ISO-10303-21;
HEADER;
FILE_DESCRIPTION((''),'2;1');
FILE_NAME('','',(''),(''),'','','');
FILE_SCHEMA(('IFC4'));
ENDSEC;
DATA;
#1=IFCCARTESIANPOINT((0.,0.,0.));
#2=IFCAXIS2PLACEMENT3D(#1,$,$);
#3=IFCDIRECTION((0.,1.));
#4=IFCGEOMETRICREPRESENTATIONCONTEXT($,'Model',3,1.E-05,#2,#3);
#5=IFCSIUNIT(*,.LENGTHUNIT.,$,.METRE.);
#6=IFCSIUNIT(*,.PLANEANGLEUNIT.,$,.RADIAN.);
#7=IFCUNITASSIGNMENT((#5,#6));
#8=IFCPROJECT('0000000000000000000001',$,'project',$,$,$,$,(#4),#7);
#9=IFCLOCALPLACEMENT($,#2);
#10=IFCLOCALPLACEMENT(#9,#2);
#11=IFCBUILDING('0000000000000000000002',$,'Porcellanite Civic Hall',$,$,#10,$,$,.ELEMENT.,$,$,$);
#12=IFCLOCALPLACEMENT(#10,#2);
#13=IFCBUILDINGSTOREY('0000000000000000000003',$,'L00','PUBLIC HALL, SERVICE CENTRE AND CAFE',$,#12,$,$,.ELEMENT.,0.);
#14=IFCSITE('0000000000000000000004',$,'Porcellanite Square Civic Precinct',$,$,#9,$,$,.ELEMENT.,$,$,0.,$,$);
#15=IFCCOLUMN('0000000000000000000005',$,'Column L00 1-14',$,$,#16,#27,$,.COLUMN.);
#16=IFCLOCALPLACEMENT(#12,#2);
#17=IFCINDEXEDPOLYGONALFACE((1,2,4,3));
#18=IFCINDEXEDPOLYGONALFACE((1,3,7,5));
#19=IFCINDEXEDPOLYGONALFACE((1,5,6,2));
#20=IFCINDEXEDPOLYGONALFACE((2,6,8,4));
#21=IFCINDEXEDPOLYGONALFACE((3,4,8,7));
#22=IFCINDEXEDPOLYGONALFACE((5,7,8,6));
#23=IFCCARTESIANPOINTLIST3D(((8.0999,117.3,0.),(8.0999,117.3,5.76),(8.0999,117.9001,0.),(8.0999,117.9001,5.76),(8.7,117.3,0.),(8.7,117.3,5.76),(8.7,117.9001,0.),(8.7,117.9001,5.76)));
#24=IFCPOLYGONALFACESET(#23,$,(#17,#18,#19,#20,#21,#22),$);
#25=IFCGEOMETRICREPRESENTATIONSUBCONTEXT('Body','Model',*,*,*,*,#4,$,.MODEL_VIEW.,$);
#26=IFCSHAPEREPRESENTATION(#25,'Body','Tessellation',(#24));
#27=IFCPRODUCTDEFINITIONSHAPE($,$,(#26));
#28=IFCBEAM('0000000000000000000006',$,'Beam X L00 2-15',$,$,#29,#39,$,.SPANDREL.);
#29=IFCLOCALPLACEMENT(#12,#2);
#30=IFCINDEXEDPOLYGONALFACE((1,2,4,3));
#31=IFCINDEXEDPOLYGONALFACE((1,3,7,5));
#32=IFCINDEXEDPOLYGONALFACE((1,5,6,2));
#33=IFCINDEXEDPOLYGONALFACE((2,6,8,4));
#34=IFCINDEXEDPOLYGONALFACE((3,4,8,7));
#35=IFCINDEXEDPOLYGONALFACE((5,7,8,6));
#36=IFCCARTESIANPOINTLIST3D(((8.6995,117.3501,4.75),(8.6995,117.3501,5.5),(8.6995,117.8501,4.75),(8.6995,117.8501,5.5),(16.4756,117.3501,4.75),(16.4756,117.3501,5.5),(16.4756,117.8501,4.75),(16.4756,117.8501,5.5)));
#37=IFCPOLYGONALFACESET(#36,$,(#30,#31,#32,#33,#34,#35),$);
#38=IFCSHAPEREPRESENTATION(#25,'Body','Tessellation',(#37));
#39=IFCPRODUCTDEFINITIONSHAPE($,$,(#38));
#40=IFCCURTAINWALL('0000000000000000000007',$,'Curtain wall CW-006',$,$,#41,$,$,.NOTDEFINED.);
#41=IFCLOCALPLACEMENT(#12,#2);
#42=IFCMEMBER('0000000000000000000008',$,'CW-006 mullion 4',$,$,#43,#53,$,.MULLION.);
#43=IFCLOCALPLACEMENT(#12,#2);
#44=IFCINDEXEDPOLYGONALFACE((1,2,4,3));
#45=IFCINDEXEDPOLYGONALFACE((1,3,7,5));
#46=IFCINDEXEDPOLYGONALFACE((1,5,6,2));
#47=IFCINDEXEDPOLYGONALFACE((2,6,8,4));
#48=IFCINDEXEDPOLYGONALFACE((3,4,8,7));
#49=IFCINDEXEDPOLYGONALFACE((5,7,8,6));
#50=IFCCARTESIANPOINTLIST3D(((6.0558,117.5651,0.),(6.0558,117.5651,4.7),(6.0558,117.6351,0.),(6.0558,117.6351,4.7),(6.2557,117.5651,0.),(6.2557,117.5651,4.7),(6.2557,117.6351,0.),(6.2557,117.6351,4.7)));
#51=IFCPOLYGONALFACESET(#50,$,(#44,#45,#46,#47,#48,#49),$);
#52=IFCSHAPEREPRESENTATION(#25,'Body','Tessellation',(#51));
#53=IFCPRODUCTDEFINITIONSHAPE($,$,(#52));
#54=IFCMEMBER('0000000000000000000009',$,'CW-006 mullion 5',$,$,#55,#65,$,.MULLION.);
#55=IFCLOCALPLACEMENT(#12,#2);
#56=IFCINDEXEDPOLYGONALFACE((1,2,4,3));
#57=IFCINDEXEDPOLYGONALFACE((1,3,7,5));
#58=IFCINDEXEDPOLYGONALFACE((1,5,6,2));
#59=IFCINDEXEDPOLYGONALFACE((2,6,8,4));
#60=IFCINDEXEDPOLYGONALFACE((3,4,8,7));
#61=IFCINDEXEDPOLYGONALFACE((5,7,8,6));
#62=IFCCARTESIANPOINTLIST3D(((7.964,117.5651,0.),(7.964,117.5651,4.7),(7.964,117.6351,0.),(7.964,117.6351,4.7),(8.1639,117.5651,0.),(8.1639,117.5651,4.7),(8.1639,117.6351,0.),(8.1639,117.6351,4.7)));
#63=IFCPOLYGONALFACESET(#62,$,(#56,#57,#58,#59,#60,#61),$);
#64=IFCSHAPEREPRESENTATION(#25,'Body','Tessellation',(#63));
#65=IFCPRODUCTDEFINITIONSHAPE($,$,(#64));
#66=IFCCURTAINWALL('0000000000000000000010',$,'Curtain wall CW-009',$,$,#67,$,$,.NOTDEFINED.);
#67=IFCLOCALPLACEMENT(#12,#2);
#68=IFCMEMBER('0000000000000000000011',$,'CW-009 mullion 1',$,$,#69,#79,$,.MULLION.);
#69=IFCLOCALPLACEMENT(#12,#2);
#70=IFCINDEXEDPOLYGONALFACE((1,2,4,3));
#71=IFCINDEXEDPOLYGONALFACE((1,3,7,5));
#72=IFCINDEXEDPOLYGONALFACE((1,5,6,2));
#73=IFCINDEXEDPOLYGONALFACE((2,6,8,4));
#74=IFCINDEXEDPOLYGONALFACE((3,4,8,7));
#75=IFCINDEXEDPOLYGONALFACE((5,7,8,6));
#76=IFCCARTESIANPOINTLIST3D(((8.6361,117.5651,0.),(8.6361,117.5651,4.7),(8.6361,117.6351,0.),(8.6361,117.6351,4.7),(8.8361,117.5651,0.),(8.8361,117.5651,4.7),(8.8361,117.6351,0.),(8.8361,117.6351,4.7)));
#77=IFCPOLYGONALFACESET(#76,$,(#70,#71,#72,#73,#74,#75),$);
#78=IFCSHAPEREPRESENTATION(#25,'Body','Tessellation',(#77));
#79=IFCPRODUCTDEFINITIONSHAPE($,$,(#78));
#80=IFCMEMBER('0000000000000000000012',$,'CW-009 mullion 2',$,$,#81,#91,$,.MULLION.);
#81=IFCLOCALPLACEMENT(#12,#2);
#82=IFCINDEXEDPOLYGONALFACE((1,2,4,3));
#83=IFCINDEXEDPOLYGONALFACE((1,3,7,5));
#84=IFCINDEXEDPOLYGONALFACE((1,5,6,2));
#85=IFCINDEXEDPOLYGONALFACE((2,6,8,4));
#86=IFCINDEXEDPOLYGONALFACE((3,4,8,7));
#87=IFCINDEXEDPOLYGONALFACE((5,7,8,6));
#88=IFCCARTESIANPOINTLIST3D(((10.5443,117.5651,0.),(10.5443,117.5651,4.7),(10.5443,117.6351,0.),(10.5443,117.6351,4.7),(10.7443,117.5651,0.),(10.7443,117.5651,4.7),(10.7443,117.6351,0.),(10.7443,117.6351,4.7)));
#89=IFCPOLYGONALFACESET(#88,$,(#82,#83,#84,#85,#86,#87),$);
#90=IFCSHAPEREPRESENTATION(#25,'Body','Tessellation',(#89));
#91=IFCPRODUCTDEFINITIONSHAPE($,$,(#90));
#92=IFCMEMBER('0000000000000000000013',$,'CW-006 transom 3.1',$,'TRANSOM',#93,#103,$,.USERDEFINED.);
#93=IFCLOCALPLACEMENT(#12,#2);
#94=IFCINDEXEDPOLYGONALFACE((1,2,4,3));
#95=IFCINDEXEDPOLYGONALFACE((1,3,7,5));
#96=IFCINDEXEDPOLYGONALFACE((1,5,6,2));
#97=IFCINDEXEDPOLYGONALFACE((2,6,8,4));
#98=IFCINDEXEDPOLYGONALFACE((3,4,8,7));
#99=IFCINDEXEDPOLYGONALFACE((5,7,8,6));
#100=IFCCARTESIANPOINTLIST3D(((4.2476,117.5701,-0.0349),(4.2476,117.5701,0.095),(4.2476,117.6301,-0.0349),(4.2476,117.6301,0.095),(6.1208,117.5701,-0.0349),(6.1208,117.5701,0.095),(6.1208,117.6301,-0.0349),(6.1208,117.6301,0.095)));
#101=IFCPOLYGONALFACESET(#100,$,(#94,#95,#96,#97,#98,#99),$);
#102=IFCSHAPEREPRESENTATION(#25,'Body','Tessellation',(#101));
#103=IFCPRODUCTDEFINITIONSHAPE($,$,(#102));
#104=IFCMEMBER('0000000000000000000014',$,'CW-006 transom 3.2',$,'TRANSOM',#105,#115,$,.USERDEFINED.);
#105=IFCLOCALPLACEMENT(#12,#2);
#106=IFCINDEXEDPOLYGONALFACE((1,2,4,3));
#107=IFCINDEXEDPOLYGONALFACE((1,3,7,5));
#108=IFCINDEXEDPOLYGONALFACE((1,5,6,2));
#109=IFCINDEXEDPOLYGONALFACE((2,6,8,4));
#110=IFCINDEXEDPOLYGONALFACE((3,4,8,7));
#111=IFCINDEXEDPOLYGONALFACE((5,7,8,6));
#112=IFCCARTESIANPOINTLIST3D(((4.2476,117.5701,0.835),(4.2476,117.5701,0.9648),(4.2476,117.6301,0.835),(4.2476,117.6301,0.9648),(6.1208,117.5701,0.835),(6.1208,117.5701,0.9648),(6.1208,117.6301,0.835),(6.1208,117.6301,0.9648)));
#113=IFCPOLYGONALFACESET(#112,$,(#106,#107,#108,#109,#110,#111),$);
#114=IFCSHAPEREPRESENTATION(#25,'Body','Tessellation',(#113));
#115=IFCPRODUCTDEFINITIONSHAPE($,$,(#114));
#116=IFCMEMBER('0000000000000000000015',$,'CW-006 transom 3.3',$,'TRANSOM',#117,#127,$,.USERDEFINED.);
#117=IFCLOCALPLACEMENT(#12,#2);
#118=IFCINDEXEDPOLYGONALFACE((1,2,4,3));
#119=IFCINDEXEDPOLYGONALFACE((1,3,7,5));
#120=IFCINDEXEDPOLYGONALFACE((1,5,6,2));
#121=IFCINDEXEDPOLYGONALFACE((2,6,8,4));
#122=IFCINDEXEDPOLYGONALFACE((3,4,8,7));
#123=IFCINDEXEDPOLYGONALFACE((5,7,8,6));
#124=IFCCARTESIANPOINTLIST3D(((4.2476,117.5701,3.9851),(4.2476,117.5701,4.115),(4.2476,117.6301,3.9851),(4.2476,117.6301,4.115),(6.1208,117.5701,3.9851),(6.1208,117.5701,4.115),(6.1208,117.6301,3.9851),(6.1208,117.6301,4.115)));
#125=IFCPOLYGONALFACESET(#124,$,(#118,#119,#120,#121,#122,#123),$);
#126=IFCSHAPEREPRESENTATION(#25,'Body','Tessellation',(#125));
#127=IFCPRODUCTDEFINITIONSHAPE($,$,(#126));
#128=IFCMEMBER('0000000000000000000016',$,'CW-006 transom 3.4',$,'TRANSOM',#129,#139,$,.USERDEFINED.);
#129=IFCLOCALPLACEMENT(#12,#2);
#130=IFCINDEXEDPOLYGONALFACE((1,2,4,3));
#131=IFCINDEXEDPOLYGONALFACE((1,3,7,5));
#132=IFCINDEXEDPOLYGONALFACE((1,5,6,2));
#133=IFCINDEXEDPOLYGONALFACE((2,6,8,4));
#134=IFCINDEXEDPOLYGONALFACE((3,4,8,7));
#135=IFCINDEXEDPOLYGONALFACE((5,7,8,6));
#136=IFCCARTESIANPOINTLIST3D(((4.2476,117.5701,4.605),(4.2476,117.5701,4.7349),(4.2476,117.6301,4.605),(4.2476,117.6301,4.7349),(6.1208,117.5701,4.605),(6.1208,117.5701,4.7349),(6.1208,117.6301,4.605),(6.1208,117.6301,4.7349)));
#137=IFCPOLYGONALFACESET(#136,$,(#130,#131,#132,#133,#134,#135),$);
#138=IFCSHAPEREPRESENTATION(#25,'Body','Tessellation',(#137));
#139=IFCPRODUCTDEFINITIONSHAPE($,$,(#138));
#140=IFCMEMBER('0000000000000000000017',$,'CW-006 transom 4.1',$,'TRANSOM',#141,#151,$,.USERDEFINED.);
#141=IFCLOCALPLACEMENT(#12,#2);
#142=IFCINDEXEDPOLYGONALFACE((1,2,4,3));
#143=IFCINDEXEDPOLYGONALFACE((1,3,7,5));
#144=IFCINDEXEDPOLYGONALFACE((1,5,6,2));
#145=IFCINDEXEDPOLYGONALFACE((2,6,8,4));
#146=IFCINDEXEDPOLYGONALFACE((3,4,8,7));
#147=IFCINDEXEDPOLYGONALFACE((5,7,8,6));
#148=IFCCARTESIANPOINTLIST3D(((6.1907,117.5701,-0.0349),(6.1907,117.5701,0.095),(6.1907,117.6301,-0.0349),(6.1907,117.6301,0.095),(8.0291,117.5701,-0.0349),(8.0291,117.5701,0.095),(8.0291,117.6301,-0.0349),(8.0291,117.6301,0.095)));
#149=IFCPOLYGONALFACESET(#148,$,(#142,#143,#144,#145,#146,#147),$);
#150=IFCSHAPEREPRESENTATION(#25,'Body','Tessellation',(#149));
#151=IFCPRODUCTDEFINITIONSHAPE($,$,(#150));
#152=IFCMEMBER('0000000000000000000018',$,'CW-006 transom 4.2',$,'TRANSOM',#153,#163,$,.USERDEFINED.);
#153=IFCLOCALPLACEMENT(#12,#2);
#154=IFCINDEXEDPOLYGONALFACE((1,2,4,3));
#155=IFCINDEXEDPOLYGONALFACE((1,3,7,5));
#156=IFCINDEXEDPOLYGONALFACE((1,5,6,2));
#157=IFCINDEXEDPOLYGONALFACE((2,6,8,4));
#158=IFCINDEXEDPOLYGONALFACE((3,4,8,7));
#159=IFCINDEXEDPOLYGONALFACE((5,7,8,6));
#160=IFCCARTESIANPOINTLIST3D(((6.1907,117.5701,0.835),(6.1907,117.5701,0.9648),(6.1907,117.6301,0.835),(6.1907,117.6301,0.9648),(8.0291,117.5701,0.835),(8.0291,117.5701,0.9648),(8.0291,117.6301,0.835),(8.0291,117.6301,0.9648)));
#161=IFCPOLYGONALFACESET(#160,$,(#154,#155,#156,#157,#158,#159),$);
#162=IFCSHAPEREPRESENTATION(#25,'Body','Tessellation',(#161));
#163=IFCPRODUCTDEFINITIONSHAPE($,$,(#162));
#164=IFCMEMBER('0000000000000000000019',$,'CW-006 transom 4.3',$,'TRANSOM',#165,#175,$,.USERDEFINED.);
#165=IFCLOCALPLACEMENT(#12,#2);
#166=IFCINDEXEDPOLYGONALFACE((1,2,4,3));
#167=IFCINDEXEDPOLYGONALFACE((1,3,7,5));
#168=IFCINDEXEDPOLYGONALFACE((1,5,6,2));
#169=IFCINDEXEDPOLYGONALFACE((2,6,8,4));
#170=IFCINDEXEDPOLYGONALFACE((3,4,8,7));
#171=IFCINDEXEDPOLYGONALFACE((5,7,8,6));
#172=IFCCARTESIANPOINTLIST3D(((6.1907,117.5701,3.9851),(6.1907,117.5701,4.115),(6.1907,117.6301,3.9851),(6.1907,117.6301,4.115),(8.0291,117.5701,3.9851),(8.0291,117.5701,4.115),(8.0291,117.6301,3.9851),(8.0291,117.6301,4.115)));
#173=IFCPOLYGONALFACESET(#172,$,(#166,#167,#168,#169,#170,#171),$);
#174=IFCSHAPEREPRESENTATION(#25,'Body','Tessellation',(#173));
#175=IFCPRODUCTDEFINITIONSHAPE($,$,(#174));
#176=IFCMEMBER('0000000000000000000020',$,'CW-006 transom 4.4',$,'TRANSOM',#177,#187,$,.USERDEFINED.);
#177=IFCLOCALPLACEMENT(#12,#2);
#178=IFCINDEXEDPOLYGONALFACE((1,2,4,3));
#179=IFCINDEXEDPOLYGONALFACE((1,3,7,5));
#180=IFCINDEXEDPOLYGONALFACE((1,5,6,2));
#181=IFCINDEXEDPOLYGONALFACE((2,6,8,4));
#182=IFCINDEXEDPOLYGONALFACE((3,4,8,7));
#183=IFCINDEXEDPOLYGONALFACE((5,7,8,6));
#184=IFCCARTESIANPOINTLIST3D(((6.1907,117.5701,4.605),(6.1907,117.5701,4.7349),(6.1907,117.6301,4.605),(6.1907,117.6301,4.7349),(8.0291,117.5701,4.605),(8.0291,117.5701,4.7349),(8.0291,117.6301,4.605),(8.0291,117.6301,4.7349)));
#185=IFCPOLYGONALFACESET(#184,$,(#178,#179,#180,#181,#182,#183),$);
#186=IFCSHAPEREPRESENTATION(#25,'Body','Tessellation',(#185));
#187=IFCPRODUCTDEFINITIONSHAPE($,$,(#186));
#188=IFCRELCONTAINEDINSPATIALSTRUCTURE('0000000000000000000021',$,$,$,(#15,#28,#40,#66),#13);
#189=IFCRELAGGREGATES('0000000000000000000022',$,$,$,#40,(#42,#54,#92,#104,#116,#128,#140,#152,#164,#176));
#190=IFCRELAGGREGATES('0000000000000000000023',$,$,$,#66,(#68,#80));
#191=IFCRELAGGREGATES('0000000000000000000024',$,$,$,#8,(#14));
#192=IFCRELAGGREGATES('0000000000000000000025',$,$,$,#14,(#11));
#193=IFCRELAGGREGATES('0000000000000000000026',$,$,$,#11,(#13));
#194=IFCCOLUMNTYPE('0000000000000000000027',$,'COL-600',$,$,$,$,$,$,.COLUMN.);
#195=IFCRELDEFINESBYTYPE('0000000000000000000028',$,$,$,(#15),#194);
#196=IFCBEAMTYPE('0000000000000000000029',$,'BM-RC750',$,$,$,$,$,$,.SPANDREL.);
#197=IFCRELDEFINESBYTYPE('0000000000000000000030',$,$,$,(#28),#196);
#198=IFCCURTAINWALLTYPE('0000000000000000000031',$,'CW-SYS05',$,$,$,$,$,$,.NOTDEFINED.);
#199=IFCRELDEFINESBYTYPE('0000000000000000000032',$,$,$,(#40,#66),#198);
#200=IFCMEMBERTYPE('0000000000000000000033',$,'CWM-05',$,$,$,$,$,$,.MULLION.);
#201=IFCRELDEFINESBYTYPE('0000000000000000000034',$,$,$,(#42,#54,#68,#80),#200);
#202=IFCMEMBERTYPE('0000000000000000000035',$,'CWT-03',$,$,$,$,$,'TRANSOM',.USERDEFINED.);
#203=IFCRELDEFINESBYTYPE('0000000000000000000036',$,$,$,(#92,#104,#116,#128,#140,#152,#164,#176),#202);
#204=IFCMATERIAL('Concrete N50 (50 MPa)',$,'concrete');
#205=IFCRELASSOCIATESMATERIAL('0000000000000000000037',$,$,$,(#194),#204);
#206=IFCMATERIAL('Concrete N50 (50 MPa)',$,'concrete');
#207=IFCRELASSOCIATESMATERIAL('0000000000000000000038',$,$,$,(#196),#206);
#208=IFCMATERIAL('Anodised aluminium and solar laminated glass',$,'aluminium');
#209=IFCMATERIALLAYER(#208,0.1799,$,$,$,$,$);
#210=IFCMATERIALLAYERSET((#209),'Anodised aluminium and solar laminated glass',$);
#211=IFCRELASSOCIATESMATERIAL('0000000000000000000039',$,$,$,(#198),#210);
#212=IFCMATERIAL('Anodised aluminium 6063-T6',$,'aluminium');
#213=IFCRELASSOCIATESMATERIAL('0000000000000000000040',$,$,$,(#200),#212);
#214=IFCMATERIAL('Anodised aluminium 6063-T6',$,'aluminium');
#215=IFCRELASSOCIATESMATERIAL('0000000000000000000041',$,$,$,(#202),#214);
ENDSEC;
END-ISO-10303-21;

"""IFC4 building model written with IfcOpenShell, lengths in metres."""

from ifc_helpers import new_model, si_unit, direction, frame, origin, origin_2d, place, context, subcontext, project, spatial, rectangle, extrude, material, layer, layer_set, material_profile, profile_set, type_object, element, aggregate, save


model = new_model("IFC4")

# Units and contexts
model_context = context("Model", 3, precision=1e-05, world=origin(), true_north=direction((0.0, 1.0)))
body_context = subcontext(model_context, "Body", "Model", "MODEL_VIEW")
ifc_project = project(units=[si_unit("LENGTHUNIT", "METRE"), si_unit("PLANEANGLEUNIT", "RADIAN")], contexts=[model_context])

# Site, building, storey
site_placement = place(None, origin())
site = spatial("IfcSite", under=ifc_project, at=site_placement, Name="Porcellanite Square Civic Precinct", CompositionType="ELEMENT", RefElevation=0.0)
building_placement = place(site_placement, origin())
building = spatial("IfcBuilding", under=site, at=building_placement, Name="Porcellanite Civic Hall", CompositionType="ELEMENT")
storey_placement = place(building_placement, origin())
storey = spatial("IfcBuildingStorey", under=building, at=storey_placement, Name="L00", Description="PUBLIC HALL, SERVICE CENTRE AND CAFE", CompositionType="ELEMENT", Elevation=0.0)

# Column
ifc_material_1 = material(Name="Concrete N50 (50 MPa)", Category="concrete")
ifc_material_profile_1 = material_profile(ifc_material_1, rectangle(XDim=0.6001, YDim=0.6001, at=origin_2d()), Name="RC-600x600")
ifc_profile_set_1 = profile_set([ifc_material_profile_1], Name="Concrete N50 (50 MPa)")
column_type = type_object("IfcColumnType", Name="COL-600", PredefinedType="COLUMN", material=ifc_profile_set_1)
column_placement = place(storey_placement, frame((8.3999, 117.6001, 0.0), z_axis=(0.0, 0.0, 1.0), x_axis=(1.0, 0.0, 0.0)))
element("IfcColumn", 1, at=column_placement, inside=storey, type_object=column_type, Name="Column L00 1-14", PredefinedType="COLUMN", context=body_context, shape_type="SweptSolid", body=[
    extrude(rectangle(XDim=0.6001, YDim=0.6001, at=origin_2d()), origin(), (0.0, 0.0, 1.0), 5.76),
])

# Beam
ifc_material_2 = material(Name="Concrete N50 (50 MPa)", Category="concrete")
ifc_material_profile_2 = material_profile(ifc_material_2, rectangle(XDim=0.5, YDim=0.75, at=origin_2d()), Name="RC-500x750")
ifc_profile_set_2 = profile_set([ifc_material_profile_2], Name="Concrete N50 (50 MPa)")
beam_type = type_object("IfcBeamType", Name="BM-RC750", PredefinedType="SPANDREL", material=ifc_profile_set_2)
beam_placement = place(storey_placement, frame((8.6995, 117.6001, 5.125), z_axis=(1.0, 0.0, 0.0), x_axis=(0.0, 1.0, 0.0)))
element("IfcBeam", 2, at=beam_placement, inside=storey, type_object=beam_type, Name="Beam X L00 2-15", PredefinedType="SPANDREL", context=body_context, shape_type="SweptSolid", body=[
    extrude(rectangle(XDim=0.5, YDim=0.75, at=origin_2d()), origin(), (0.0, 0.0, 1.0), 7.7761),
])

# Curtain walls, members
ifc_material_3 = material(Name="Anodised aluminium and solar laminated glass", Category="aluminium")
ifc_layer_1 = layer(ifc_material_3, 0.1799)
ifc_layer_set_1 = layer_set([ifc_layer_1], Name="Anodised aluminium and solar laminated glass")
curtain_wall_type = type_object("IfcCurtainWallType", Name="CW-SYS05", PredefinedType="NOTDEFINED", material=ifc_layer_set_1)
curtain_wall_1_placement = place(storey_placement, origin())
curtain_wall_1 = element("IfcCurtainWall", 3, at=curtain_wall_1_placement, inside=storey, type_object=curtain_wall_type, Name="Curtain wall CW-006", PredefinedType="NOTDEFINED")
ifc_material_4 = material(Name="Anodised aluminium 6063-T6", Category="aluminium")
ifc_material_profile_3 = material_profile(ifc_material_4, rectangle(XDim=0.0701, YDim=0.2, at=origin_2d()), Name="AL-70x200")
ifc_profile_set_3 = profile_set([ifc_material_profile_3], Name="Anodised aluminium 6063-T6")
member_type_1 = type_object("IfcMemberType", Name="CWM-05", PredefinedType="MULLION", material=ifc_profile_set_3)
member_1_placement = place(storey_placement, frame((6.1558, 117.6001, 0.0), z_axis=(0.0, 0.0, 1.0), x_axis=(0.0, 1.0, 0.0)))
member_1 = element("IfcMember", 4, at=member_1_placement, type_object=member_type_1, Name="CW-006 mullion 4", PredefinedType="MULLION", context=body_context, shape_type="SweptSolid", body=[
    extrude(rectangle(XDim=0.0701, YDim=0.2, at=origin_2d()), origin(), (0.0, 0.0, 1.0), 4.7),
])
member_2_placement = place(storey_placement, frame((8.064, 117.6001, 0.0), z_axis=(0.0, 0.0, 1.0), x_axis=(0.0, 1.0, 0.0)))
member_2 = element("IfcMember", 5, at=member_2_placement, type_object=member_type_1, Name="CW-006 mullion 5", PredefinedType="MULLION", context=body_context, shape_type="SweptSolid", body=[
    extrude(rectangle(XDim=0.0701, YDim=0.2, at=origin_2d()), origin(), (0.0, 0.0, 1.0), 4.7),
])
curtain_wall_2_placement = place(storey_placement, origin())
curtain_wall_2 = element("IfcCurtainWall", 6, at=curtain_wall_2_placement, inside=storey, type_object=curtain_wall_type, Name="Curtain wall CW-009", PredefinedType="NOTDEFINED")
member_3_placement = place(storey_placement, frame((8.7361, 117.6001, 0.0), z_axis=(0.0, 0.0, 1.0), x_axis=(0.0, 1.0, 0.0)))
member_3 = element("IfcMember", 7, at=member_3_placement, type_object=member_type_1, Name="CW-009 mullion 1", PredefinedType="MULLION", context=body_context, shape_type="SweptSolid", body=[
    extrude(rectangle(XDim=0.0701, YDim=0.2, at=origin_2d()), origin(), (0.0, 0.0, 1.0), 4.7),
])
member_4_placement = place(storey_placement, frame((10.6443, 117.6001, 0.0), z_axis=(0.0, 0.0, 1.0), x_axis=(0.0, 1.0, 0.0)))
member_4 = element("IfcMember", 8, at=member_4_placement, type_object=member_type_1, Name="CW-009 mullion 2", PredefinedType="MULLION", context=body_context, shape_type="SweptSolid", body=[
    extrude(rectangle(XDim=0.0701, YDim=0.2, at=origin_2d()), origin(), (0.0, 0.0, 1.0), 4.7),
])

# Members
ifc_material_5 = material(Name="Anodised aluminium 6063-T6", Category="aluminium")
ifc_material_profile_4 = material_profile(ifc_material_5, rectangle(XDim=0.0601, YDim=0.1299, at=origin_2d()), Name="AL-60x130")
ifc_profile_set_4 = profile_set([ifc_material_profile_4], Name="Anodised aluminium 6063-T6")
member_type_2 = type_object("IfcMemberType", Name="CWT-03", ElementType="TRANSOM", PredefinedType="USERDEFINED", material=ifc_profile_set_4)
member_5_placement = place(storey_placement, frame((4.2476, 117.6001, 0.03), z_axis=(1.0, 0.0, 0.0), x_axis=(0.0, 1.0, 0.0)))
member_5 = element("IfcMember", 9, at=member_5_placement, type_object=member_type_2, Name="CW-006 transom 3.1", ObjectType="TRANSOM", PredefinedType="USERDEFINED", context=body_context, shape_type="SweptSolid", body=[
    extrude(rectangle(XDim=0.0601, YDim=0.1299, at=origin_2d()), origin(), (0.0, 0.0, 1.0), 1.8733),
])
member_6_placement = place(storey_placement, frame((4.2476, 117.6001, 0.8999), z_axis=(1.0, 0.0, 0.0), x_axis=(0.0, 1.0, 0.0)))
member_6 = element("IfcMember", 10, at=member_6_placement, type_object=member_type_2, Name="CW-006 transom 3.2", ObjectType="TRANSOM", PredefinedType="USERDEFINED", context=body_context, shape_type="SweptSolid", body=[
    extrude(rectangle(XDim=0.0601, YDim=0.1299, at=origin_2d()), origin(), (0.0, 0.0, 1.0), 1.8733),
])
member_7_placement = place(storey_placement, frame((4.2476, 117.6001, 4.05), z_axis=(1.0, 0.0, 0.0), x_axis=(0.0, 1.0, 0.0)))
member_7 = element("IfcMember", 11, at=member_7_placement, type_object=member_type_2, Name="CW-006 transom 3.3", ObjectType="TRANSOM", PredefinedType="USERDEFINED", context=body_context, shape_type="SweptSolid", body=[
    extrude(rectangle(XDim=0.0601, YDim=0.1299, at=origin_2d()), origin(), (0.0, 0.0, 1.0), 1.8733),
])
member_8_placement = place(storey_placement, frame((4.2476, 117.6001, 4.6699), z_axis=(1.0, 0.0, 0.0), x_axis=(0.0, 1.0, 0.0)))
member_8 = element("IfcMember", 12, at=member_8_placement, type_object=member_type_2, Name="CW-006 transom 3.4", ObjectType="TRANSOM", PredefinedType="USERDEFINED", context=body_context, shape_type="SweptSolid", body=[
    extrude(rectangle(XDim=0.0601, YDim=0.1299, at=origin_2d()), origin(), (0.0, 0.0, 1.0), 1.8733),
])
member_9_placement = place(storey_placement, frame((6.1907, 117.6001, 0.03), z_axis=(1.0, 0.0, 0.0), x_axis=(0.0, 1.0, 0.0)))
member_9 = element("IfcMember", 13, at=member_9_placement, type_object=member_type_2, Name="CW-006 transom 4.1", ObjectType="TRANSOM", PredefinedType="USERDEFINED", context=body_context, shape_type="SweptSolid", body=[
    extrude(rectangle(XDim=0.0601, YDim=0.1299, at=origin_2d()), origin(), (0.0, 0.0, 1.0), 1.8384),
])
member_10_placement = place(storey_placement, frame((6.1907, 117.6001, 0.8999), z_axis=(1.0, 0.0, 0.0), x_axis=(0.0, 1.0, 0.0)))
member_10 = element("IfcMember", 14, at=member_10_placement, type_object=member_type_2, Name="CW-006 transom 4.2", ObjectType="TRANSOM", PredefinedType="USERDEFINED", context=body_context, shape_type="SweptSolid", body=[
    extrude(rectangle(XDim=0.0601, YDim=0.1299, at=origin_2d()), origin(), (0.0, 0.0, 1.0), 1.8384),
])
member_11_placement = place(storey_placement, frame((6.1907, 117.6001, 4.05), z_axis=(1.0, 0.0, 0.0), x_axis=(0.0, 1.0, 0.0)))
member_11 = element("IfcMember", 15, at=member_11_placement, type_object=member_type_2, Name="CW-006 transom 4.3", ObjectType="TRANSOM", PredefinedType="USERDEFINED", context=body_context, shape_type="SweptSolid", body=[
    extrude(rectangle(XDim=0.0601, YDim=0.1299, at=origin_2d()), origin(), (0.0, 0.0, 1.0), 1.8384),
])
member_12_placement = place(storey_placement, frame((6.1907, 117.6001, 4.6699), z_axis=(1.0, 0.0, 0.0), x_axis=(0.0, 1.0, 0.0)))
member_12 = element("IfcMember", 16, at=member_12_placement, type_object=member_type_2, Name="CW-006 transom 4.4", ObjectType="TRANSOM", PredefinedType="USERDEFINED", context=body_context, shape_type="SweptSolid", body=[
    extrude(rectangle(XDim=0.0601, YDim=0.1299, at=origin_2d()), origin(), (0.0, 0.0, 1.0), 1.8384),
])

aggregate(curtain_wall_1, [member_1, member_2, member_5, member_6, member_7, member_8, member_9, member_10, member_11, member_12])
aggregate(curtain_wall_2, [member_3, member_4])

save(model, "model.ifc")
